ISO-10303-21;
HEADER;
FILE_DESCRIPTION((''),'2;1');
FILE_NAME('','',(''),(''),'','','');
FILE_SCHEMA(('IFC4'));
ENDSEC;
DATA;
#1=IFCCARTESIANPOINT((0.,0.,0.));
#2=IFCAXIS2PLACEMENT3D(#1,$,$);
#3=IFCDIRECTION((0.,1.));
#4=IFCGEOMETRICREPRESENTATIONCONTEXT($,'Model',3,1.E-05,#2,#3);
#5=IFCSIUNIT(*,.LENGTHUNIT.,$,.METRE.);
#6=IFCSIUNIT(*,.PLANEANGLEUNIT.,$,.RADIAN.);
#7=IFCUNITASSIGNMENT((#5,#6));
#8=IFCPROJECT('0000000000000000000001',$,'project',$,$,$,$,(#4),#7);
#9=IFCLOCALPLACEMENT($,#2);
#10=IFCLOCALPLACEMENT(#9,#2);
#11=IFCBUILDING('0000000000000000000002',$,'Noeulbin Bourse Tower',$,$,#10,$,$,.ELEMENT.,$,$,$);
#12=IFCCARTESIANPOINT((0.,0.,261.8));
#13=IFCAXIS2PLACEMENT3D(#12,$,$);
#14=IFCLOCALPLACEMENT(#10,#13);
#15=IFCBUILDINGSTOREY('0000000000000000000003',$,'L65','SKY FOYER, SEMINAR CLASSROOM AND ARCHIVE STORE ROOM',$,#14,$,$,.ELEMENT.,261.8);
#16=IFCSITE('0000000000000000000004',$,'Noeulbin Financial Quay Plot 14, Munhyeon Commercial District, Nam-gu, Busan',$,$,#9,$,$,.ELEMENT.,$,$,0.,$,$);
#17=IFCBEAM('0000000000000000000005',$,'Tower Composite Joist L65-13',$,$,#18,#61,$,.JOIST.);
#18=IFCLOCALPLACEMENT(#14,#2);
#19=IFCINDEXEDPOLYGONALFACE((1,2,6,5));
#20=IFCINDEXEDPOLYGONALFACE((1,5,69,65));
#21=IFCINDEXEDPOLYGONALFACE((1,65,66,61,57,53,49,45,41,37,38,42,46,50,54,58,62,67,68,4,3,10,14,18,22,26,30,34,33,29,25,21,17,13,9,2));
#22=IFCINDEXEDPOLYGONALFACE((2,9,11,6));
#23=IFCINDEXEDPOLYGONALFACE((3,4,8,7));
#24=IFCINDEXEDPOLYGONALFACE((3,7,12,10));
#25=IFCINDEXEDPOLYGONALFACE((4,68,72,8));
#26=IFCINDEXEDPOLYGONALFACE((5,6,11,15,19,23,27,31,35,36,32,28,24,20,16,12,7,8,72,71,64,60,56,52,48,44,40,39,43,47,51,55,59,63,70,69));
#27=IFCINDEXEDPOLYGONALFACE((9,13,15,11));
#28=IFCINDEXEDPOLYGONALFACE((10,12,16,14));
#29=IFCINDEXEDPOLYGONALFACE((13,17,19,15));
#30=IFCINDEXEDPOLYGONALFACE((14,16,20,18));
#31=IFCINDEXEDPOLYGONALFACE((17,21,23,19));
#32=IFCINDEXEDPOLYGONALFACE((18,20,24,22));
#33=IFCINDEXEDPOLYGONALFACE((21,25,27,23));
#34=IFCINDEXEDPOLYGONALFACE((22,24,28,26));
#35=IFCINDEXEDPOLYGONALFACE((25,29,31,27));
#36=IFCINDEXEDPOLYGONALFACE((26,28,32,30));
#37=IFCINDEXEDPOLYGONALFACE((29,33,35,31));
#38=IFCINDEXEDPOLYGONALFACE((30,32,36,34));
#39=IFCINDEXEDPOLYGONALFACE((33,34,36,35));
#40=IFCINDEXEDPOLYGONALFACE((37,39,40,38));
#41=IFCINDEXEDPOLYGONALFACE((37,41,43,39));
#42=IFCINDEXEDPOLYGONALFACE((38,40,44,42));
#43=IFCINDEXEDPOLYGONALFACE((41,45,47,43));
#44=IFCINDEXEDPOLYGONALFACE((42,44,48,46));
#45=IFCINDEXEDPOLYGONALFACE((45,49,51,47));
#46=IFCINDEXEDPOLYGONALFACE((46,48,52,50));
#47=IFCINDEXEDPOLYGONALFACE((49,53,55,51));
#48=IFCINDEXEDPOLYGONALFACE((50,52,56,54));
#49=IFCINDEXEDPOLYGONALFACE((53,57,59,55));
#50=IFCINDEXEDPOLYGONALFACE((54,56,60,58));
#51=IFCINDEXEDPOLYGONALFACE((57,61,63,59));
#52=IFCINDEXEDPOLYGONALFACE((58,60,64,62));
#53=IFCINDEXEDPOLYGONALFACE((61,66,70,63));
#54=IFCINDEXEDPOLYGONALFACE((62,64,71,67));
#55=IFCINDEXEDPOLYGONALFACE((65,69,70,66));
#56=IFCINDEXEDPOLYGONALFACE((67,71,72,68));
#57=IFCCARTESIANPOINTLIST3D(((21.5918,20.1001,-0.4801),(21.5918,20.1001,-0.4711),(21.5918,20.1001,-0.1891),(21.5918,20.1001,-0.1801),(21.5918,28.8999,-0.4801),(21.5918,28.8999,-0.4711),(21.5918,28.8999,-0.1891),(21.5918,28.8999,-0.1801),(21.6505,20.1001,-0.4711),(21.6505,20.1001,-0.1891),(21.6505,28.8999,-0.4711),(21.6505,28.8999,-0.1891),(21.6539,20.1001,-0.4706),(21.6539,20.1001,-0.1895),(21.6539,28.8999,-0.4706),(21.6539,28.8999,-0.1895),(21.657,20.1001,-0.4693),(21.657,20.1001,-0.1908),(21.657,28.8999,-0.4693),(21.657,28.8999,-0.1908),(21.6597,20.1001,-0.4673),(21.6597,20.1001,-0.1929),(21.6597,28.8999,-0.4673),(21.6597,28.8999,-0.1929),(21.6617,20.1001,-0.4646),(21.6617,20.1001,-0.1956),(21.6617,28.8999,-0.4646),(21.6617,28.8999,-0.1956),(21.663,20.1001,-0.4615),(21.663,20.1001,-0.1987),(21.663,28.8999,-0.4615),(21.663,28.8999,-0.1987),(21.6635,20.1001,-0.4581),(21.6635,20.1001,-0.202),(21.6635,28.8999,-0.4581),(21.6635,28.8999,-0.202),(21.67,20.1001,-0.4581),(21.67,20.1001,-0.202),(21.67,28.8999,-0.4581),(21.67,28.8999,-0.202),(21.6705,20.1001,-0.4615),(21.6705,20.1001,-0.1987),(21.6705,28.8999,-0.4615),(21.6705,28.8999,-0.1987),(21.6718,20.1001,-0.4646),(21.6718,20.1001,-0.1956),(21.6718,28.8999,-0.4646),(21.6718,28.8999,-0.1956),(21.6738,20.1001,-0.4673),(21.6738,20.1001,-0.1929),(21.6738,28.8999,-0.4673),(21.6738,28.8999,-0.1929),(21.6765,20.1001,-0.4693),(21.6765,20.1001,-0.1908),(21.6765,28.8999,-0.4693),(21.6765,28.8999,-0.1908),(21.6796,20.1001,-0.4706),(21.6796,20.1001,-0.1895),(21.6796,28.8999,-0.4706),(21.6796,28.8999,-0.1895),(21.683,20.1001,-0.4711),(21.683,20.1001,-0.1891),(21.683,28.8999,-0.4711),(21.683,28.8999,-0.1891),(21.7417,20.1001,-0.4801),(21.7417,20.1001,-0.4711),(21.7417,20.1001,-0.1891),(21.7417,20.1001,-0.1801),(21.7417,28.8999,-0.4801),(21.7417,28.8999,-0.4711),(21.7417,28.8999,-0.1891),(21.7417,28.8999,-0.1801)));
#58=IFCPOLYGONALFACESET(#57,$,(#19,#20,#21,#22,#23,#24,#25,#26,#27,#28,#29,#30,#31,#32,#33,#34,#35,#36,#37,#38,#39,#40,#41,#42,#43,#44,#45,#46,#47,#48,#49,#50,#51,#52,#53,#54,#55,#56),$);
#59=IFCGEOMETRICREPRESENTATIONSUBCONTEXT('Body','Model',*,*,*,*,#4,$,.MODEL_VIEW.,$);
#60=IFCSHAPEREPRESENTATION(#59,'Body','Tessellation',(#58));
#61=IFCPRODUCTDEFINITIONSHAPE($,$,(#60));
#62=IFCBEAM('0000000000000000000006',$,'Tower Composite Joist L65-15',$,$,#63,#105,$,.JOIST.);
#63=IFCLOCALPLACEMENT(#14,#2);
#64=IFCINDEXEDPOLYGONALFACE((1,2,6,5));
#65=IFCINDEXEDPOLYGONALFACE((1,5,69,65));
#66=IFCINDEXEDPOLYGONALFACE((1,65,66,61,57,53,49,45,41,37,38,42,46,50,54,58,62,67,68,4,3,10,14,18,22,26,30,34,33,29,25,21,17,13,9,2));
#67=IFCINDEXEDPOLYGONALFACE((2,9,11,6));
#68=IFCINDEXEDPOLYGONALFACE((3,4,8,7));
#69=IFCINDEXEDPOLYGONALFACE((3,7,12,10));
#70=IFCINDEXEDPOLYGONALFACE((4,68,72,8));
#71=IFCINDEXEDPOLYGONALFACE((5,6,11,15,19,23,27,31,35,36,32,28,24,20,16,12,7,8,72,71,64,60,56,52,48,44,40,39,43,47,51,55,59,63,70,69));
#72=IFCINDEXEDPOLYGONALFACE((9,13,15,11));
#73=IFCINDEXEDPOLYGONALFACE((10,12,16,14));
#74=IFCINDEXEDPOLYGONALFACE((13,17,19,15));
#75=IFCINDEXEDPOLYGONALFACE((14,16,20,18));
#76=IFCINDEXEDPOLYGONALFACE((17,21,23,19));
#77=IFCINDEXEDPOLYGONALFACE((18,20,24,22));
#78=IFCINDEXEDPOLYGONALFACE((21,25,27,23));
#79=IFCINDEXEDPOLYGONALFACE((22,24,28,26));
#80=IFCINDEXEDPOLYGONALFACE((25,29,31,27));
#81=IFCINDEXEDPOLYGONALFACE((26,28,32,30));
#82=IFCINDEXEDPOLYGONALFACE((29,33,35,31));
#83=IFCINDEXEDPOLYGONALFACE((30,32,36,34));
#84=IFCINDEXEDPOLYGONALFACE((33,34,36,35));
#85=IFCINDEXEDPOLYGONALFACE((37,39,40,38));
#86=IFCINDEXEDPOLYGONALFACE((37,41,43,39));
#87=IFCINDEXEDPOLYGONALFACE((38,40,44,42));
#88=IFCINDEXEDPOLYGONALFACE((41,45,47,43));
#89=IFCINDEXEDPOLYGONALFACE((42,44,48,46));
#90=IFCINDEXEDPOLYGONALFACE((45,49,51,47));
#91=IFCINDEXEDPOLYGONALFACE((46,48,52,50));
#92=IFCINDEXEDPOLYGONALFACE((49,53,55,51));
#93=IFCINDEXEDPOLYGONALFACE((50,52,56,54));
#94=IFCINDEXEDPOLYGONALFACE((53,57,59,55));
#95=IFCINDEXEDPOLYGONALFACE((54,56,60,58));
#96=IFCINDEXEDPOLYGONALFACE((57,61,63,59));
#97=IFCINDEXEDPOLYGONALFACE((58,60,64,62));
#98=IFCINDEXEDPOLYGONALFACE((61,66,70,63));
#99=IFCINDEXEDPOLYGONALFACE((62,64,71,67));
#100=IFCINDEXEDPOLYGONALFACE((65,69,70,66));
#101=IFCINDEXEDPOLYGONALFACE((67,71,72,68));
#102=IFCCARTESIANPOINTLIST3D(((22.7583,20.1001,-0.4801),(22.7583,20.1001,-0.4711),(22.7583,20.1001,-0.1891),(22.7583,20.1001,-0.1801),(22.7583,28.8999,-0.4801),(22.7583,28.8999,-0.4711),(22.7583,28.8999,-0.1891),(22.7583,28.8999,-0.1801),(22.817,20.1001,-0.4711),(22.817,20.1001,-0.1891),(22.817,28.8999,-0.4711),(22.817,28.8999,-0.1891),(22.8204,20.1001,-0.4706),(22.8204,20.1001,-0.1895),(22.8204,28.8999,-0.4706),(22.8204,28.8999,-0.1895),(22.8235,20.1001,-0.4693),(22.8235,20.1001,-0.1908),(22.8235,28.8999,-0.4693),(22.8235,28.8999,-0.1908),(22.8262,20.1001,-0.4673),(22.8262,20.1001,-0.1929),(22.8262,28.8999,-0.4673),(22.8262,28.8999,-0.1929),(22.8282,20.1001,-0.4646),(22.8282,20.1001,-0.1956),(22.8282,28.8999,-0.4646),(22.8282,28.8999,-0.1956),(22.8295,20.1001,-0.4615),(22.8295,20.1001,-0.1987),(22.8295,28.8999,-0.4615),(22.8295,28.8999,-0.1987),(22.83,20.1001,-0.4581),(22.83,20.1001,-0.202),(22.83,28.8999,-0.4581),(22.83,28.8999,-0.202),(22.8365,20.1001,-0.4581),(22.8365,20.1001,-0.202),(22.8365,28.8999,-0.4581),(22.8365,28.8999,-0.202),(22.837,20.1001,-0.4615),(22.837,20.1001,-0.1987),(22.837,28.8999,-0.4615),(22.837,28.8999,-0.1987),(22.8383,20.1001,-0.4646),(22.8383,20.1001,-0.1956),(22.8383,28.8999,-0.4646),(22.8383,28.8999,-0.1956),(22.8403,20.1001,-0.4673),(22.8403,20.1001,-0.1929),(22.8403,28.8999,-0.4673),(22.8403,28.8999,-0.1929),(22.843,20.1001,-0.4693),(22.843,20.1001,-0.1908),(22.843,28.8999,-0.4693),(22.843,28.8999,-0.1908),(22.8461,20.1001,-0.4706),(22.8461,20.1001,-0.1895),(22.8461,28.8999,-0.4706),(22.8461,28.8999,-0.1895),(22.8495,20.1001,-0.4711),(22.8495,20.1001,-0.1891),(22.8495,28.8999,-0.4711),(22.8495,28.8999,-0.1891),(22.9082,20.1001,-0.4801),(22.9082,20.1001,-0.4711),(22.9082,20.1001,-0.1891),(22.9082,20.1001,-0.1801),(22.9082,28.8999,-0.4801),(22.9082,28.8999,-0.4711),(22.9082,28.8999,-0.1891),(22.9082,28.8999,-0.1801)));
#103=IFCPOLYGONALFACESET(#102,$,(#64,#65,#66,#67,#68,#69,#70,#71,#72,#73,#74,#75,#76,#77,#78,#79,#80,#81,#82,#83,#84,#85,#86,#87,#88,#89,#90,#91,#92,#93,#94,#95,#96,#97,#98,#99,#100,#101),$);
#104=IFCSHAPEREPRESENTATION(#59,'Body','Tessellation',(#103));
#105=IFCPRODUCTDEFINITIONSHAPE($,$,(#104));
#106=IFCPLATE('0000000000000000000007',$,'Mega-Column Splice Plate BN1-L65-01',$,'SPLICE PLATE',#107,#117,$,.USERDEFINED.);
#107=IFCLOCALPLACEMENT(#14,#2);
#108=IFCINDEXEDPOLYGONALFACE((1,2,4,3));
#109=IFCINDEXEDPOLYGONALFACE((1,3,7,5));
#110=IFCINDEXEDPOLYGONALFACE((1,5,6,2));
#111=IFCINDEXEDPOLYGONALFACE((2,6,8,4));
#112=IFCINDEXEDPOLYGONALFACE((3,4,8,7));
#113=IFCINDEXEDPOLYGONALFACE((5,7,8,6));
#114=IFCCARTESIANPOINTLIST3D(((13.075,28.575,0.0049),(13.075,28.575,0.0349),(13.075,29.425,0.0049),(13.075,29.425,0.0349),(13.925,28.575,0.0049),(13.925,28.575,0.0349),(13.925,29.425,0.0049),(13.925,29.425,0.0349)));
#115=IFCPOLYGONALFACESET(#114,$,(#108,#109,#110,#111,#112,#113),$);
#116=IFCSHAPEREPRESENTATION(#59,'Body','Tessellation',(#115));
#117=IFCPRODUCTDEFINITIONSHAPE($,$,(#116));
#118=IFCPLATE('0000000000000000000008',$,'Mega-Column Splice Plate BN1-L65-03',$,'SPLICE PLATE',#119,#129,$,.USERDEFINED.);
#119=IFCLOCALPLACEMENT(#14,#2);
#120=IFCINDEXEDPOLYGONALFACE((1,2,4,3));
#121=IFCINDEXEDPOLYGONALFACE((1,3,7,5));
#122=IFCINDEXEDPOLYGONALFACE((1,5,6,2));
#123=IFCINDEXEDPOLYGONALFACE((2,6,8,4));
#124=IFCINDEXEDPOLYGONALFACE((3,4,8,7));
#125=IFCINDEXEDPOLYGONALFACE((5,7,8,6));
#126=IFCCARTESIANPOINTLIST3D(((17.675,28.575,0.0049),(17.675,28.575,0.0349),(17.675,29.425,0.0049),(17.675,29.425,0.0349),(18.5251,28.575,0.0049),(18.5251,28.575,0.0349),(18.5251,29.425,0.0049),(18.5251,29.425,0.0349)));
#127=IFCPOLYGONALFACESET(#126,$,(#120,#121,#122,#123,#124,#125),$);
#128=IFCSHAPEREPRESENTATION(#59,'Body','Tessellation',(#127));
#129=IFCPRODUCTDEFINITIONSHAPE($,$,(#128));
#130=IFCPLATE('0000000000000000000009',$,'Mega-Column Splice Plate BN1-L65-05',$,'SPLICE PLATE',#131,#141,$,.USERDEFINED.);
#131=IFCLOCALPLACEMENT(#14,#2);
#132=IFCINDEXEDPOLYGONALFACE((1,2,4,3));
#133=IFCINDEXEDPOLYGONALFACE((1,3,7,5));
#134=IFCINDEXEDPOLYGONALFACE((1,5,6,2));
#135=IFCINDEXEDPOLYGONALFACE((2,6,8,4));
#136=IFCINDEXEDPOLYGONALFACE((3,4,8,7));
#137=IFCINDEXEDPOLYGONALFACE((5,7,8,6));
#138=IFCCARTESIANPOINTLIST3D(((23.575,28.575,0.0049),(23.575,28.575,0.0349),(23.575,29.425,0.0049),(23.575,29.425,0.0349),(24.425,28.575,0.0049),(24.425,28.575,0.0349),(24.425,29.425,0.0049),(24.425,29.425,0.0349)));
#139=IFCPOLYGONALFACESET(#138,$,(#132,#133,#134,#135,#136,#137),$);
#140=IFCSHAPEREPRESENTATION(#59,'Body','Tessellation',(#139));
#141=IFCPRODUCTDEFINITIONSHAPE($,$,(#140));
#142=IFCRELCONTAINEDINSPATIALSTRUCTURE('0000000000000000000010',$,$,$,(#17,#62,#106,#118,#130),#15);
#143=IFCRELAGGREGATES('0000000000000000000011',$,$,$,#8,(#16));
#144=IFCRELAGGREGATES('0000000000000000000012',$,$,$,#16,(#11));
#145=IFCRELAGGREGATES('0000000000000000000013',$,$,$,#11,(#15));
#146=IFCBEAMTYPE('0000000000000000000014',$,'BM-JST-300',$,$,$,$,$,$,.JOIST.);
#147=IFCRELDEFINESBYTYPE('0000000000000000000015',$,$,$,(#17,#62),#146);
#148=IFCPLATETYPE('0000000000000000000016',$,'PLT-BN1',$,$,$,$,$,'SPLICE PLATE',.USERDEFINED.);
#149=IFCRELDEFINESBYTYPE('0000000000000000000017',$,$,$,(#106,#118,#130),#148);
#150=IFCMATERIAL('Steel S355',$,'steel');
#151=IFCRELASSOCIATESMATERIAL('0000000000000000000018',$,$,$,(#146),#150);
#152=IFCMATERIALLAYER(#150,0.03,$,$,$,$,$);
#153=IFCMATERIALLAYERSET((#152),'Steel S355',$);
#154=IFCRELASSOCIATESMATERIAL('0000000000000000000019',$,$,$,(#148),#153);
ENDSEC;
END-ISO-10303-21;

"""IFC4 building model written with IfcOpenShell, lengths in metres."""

from ifc_helpers import new_model, si_unit, direction, frame, origin, origin_2d, place, context, subcontext, project, spatial, rectangle, i_section, extrude, material, layer, layer_set, material_profile, profile_set, type_object, element, save


model = new_model("IFC4")

# Units and contexts
model_context = context("Model", 3, precision=1e-05, world=origin(), true_north=direction((0.0, 1.0)))
body_context = subcontext(model_context, "Body", "Model", "MODEL_VIEW")
ifc_project = project(units=[si_unit("LENGTHUNIT", "METRE"), si_unit("PLANEANGLEUNIT", "RADIAN")], contexts=[model_context])

# Site, building, storey
site_placement = place(None, origin())
site = spatial("IfcSite", under=ifc_project, at=site_placement, Name="Noeulbin Financial Quay Plot 14, Munhyeon Commercial District, Nam-gu, Busan", CompositionType="ELEMENT", RefElevation=0.0)
building_placement = place(site_placement, origin())
building = spatial("IfcBuilding", under=site, at=building_placement, Name="Noeulbin Bourse Tower", CompositionType="ELEMENT")
storey_placement = place(building_placement, frame((0.0, 0.0, 261.8)))
storey = spatial("IfcBuildingStorey", under=building, at=storey_placement, Name="L65", Description="SKY FOYER, SEMINAR CLASSROOM AND ARCHIVE STORE ROOM", CompositionType="ELEMENT", Elevation=261.8)

# Shared definitions
ifc_material_1 = material(Name="Steel S355", Category="steel")

# Beams
ifc_material_profile_1 = material_profile(ifc_material_1, i_section(OverallWidth=0.1499, OverallDepth=0.3, WebThickness=0.0066, FlangeThickness=0.009, FilletRadius=0.0129, at=origin_2d()), Name="H-300x150x6.5x9", Category="LoadBearing")
ifc_profile_set_1 = profile_set([ifc_material_profile_1], Name="Steel S355")
beam_type_1 = type_object("IfcBeamType", Name="BM-JST-300", PredefinedType="JOIST", material=ifc_profile_set_1)
for number, where, z_axis, x_axis, name in (
    (1, (21.6667, 20.1001, -0.3301), (0.0, 1.0, 0.0), (-1.0, 0.0, 0.0), "Tower Composite Joist L65-13"),
    (2, (22.8333, 20.1001, -0.3301), (0.0, 1.0, 0.0), (-1.0, 0.0, 0.0), "Tower Composite Joist L65-15"),
):
    element("IfcBeam", number, at=place(storey_placement, frame(where, z_axis=z_axis, x_axis=x_axis)), inside=storey, type_object=beam_type_1, Name=name, PredefinedType="JOIST", context=body_context, shape_type="SweptSolid", body=[
        extrude(i_section(OverallWidth=0.1499, OverallDepth=0.3, WebThickness=0.0066, FlangeThickness=0.009, FilletRadius=0.0129, at=origin_2d()), origin(), (0.0, 0.0, 1.0), 8.7998),
    ])

# Plates
ifc_layer_1 = layer(ifc_material_1, 0.03)
ifc_layer_set_1 = layer_set([ifc_layer_1], Name="Steel S355")
plate_type = type_object("IfcPlateType", Name="PLT-BN1", ElementType="SPLICE PLATE", PredefinedType="USERDEFINED", material=ifc_layer_set_1)
for number, where, z_axis, x_axis, name in (
    (3, (13.5, 29.0, 0.0049), (0.0, 0.0, 1.0), (1.0, 0.0, 0.0), "Mega-Column Splice Plate BN1-L65-01"),
    (4, (18.1001, 29.0, 0.0049), (0.0, 0.0, 1.0), (1.0, 0.0, 0.0), "Mega-Column Splice Plate BN1-L65-03"),
    (5, (24.0, 29.0, 0.0049), (0.0, 0.0, 1.0), (1.0, 0.0, 0.0), "Mega-Column Splice Plate BN1-L65-05"),
):
    element("IfcPlate", number, at=place(storey_placement, frame(where, z_axis=z_axis, x_axis=x_axis)), inside=storey, type_object=plate_type, Name=name, ObjectType="SPLICE PLATE", PredefinedType="USERDEFINED", context=body_context, shape_type="SweptSolid", body=[
        extrude(rectangle(XDim=0.8501, YDim=0.8501, at=origin_2d()), origin(), (0.0, 0.0, 1.0), 0.03),
    ])

save(model, "model.ifc")
